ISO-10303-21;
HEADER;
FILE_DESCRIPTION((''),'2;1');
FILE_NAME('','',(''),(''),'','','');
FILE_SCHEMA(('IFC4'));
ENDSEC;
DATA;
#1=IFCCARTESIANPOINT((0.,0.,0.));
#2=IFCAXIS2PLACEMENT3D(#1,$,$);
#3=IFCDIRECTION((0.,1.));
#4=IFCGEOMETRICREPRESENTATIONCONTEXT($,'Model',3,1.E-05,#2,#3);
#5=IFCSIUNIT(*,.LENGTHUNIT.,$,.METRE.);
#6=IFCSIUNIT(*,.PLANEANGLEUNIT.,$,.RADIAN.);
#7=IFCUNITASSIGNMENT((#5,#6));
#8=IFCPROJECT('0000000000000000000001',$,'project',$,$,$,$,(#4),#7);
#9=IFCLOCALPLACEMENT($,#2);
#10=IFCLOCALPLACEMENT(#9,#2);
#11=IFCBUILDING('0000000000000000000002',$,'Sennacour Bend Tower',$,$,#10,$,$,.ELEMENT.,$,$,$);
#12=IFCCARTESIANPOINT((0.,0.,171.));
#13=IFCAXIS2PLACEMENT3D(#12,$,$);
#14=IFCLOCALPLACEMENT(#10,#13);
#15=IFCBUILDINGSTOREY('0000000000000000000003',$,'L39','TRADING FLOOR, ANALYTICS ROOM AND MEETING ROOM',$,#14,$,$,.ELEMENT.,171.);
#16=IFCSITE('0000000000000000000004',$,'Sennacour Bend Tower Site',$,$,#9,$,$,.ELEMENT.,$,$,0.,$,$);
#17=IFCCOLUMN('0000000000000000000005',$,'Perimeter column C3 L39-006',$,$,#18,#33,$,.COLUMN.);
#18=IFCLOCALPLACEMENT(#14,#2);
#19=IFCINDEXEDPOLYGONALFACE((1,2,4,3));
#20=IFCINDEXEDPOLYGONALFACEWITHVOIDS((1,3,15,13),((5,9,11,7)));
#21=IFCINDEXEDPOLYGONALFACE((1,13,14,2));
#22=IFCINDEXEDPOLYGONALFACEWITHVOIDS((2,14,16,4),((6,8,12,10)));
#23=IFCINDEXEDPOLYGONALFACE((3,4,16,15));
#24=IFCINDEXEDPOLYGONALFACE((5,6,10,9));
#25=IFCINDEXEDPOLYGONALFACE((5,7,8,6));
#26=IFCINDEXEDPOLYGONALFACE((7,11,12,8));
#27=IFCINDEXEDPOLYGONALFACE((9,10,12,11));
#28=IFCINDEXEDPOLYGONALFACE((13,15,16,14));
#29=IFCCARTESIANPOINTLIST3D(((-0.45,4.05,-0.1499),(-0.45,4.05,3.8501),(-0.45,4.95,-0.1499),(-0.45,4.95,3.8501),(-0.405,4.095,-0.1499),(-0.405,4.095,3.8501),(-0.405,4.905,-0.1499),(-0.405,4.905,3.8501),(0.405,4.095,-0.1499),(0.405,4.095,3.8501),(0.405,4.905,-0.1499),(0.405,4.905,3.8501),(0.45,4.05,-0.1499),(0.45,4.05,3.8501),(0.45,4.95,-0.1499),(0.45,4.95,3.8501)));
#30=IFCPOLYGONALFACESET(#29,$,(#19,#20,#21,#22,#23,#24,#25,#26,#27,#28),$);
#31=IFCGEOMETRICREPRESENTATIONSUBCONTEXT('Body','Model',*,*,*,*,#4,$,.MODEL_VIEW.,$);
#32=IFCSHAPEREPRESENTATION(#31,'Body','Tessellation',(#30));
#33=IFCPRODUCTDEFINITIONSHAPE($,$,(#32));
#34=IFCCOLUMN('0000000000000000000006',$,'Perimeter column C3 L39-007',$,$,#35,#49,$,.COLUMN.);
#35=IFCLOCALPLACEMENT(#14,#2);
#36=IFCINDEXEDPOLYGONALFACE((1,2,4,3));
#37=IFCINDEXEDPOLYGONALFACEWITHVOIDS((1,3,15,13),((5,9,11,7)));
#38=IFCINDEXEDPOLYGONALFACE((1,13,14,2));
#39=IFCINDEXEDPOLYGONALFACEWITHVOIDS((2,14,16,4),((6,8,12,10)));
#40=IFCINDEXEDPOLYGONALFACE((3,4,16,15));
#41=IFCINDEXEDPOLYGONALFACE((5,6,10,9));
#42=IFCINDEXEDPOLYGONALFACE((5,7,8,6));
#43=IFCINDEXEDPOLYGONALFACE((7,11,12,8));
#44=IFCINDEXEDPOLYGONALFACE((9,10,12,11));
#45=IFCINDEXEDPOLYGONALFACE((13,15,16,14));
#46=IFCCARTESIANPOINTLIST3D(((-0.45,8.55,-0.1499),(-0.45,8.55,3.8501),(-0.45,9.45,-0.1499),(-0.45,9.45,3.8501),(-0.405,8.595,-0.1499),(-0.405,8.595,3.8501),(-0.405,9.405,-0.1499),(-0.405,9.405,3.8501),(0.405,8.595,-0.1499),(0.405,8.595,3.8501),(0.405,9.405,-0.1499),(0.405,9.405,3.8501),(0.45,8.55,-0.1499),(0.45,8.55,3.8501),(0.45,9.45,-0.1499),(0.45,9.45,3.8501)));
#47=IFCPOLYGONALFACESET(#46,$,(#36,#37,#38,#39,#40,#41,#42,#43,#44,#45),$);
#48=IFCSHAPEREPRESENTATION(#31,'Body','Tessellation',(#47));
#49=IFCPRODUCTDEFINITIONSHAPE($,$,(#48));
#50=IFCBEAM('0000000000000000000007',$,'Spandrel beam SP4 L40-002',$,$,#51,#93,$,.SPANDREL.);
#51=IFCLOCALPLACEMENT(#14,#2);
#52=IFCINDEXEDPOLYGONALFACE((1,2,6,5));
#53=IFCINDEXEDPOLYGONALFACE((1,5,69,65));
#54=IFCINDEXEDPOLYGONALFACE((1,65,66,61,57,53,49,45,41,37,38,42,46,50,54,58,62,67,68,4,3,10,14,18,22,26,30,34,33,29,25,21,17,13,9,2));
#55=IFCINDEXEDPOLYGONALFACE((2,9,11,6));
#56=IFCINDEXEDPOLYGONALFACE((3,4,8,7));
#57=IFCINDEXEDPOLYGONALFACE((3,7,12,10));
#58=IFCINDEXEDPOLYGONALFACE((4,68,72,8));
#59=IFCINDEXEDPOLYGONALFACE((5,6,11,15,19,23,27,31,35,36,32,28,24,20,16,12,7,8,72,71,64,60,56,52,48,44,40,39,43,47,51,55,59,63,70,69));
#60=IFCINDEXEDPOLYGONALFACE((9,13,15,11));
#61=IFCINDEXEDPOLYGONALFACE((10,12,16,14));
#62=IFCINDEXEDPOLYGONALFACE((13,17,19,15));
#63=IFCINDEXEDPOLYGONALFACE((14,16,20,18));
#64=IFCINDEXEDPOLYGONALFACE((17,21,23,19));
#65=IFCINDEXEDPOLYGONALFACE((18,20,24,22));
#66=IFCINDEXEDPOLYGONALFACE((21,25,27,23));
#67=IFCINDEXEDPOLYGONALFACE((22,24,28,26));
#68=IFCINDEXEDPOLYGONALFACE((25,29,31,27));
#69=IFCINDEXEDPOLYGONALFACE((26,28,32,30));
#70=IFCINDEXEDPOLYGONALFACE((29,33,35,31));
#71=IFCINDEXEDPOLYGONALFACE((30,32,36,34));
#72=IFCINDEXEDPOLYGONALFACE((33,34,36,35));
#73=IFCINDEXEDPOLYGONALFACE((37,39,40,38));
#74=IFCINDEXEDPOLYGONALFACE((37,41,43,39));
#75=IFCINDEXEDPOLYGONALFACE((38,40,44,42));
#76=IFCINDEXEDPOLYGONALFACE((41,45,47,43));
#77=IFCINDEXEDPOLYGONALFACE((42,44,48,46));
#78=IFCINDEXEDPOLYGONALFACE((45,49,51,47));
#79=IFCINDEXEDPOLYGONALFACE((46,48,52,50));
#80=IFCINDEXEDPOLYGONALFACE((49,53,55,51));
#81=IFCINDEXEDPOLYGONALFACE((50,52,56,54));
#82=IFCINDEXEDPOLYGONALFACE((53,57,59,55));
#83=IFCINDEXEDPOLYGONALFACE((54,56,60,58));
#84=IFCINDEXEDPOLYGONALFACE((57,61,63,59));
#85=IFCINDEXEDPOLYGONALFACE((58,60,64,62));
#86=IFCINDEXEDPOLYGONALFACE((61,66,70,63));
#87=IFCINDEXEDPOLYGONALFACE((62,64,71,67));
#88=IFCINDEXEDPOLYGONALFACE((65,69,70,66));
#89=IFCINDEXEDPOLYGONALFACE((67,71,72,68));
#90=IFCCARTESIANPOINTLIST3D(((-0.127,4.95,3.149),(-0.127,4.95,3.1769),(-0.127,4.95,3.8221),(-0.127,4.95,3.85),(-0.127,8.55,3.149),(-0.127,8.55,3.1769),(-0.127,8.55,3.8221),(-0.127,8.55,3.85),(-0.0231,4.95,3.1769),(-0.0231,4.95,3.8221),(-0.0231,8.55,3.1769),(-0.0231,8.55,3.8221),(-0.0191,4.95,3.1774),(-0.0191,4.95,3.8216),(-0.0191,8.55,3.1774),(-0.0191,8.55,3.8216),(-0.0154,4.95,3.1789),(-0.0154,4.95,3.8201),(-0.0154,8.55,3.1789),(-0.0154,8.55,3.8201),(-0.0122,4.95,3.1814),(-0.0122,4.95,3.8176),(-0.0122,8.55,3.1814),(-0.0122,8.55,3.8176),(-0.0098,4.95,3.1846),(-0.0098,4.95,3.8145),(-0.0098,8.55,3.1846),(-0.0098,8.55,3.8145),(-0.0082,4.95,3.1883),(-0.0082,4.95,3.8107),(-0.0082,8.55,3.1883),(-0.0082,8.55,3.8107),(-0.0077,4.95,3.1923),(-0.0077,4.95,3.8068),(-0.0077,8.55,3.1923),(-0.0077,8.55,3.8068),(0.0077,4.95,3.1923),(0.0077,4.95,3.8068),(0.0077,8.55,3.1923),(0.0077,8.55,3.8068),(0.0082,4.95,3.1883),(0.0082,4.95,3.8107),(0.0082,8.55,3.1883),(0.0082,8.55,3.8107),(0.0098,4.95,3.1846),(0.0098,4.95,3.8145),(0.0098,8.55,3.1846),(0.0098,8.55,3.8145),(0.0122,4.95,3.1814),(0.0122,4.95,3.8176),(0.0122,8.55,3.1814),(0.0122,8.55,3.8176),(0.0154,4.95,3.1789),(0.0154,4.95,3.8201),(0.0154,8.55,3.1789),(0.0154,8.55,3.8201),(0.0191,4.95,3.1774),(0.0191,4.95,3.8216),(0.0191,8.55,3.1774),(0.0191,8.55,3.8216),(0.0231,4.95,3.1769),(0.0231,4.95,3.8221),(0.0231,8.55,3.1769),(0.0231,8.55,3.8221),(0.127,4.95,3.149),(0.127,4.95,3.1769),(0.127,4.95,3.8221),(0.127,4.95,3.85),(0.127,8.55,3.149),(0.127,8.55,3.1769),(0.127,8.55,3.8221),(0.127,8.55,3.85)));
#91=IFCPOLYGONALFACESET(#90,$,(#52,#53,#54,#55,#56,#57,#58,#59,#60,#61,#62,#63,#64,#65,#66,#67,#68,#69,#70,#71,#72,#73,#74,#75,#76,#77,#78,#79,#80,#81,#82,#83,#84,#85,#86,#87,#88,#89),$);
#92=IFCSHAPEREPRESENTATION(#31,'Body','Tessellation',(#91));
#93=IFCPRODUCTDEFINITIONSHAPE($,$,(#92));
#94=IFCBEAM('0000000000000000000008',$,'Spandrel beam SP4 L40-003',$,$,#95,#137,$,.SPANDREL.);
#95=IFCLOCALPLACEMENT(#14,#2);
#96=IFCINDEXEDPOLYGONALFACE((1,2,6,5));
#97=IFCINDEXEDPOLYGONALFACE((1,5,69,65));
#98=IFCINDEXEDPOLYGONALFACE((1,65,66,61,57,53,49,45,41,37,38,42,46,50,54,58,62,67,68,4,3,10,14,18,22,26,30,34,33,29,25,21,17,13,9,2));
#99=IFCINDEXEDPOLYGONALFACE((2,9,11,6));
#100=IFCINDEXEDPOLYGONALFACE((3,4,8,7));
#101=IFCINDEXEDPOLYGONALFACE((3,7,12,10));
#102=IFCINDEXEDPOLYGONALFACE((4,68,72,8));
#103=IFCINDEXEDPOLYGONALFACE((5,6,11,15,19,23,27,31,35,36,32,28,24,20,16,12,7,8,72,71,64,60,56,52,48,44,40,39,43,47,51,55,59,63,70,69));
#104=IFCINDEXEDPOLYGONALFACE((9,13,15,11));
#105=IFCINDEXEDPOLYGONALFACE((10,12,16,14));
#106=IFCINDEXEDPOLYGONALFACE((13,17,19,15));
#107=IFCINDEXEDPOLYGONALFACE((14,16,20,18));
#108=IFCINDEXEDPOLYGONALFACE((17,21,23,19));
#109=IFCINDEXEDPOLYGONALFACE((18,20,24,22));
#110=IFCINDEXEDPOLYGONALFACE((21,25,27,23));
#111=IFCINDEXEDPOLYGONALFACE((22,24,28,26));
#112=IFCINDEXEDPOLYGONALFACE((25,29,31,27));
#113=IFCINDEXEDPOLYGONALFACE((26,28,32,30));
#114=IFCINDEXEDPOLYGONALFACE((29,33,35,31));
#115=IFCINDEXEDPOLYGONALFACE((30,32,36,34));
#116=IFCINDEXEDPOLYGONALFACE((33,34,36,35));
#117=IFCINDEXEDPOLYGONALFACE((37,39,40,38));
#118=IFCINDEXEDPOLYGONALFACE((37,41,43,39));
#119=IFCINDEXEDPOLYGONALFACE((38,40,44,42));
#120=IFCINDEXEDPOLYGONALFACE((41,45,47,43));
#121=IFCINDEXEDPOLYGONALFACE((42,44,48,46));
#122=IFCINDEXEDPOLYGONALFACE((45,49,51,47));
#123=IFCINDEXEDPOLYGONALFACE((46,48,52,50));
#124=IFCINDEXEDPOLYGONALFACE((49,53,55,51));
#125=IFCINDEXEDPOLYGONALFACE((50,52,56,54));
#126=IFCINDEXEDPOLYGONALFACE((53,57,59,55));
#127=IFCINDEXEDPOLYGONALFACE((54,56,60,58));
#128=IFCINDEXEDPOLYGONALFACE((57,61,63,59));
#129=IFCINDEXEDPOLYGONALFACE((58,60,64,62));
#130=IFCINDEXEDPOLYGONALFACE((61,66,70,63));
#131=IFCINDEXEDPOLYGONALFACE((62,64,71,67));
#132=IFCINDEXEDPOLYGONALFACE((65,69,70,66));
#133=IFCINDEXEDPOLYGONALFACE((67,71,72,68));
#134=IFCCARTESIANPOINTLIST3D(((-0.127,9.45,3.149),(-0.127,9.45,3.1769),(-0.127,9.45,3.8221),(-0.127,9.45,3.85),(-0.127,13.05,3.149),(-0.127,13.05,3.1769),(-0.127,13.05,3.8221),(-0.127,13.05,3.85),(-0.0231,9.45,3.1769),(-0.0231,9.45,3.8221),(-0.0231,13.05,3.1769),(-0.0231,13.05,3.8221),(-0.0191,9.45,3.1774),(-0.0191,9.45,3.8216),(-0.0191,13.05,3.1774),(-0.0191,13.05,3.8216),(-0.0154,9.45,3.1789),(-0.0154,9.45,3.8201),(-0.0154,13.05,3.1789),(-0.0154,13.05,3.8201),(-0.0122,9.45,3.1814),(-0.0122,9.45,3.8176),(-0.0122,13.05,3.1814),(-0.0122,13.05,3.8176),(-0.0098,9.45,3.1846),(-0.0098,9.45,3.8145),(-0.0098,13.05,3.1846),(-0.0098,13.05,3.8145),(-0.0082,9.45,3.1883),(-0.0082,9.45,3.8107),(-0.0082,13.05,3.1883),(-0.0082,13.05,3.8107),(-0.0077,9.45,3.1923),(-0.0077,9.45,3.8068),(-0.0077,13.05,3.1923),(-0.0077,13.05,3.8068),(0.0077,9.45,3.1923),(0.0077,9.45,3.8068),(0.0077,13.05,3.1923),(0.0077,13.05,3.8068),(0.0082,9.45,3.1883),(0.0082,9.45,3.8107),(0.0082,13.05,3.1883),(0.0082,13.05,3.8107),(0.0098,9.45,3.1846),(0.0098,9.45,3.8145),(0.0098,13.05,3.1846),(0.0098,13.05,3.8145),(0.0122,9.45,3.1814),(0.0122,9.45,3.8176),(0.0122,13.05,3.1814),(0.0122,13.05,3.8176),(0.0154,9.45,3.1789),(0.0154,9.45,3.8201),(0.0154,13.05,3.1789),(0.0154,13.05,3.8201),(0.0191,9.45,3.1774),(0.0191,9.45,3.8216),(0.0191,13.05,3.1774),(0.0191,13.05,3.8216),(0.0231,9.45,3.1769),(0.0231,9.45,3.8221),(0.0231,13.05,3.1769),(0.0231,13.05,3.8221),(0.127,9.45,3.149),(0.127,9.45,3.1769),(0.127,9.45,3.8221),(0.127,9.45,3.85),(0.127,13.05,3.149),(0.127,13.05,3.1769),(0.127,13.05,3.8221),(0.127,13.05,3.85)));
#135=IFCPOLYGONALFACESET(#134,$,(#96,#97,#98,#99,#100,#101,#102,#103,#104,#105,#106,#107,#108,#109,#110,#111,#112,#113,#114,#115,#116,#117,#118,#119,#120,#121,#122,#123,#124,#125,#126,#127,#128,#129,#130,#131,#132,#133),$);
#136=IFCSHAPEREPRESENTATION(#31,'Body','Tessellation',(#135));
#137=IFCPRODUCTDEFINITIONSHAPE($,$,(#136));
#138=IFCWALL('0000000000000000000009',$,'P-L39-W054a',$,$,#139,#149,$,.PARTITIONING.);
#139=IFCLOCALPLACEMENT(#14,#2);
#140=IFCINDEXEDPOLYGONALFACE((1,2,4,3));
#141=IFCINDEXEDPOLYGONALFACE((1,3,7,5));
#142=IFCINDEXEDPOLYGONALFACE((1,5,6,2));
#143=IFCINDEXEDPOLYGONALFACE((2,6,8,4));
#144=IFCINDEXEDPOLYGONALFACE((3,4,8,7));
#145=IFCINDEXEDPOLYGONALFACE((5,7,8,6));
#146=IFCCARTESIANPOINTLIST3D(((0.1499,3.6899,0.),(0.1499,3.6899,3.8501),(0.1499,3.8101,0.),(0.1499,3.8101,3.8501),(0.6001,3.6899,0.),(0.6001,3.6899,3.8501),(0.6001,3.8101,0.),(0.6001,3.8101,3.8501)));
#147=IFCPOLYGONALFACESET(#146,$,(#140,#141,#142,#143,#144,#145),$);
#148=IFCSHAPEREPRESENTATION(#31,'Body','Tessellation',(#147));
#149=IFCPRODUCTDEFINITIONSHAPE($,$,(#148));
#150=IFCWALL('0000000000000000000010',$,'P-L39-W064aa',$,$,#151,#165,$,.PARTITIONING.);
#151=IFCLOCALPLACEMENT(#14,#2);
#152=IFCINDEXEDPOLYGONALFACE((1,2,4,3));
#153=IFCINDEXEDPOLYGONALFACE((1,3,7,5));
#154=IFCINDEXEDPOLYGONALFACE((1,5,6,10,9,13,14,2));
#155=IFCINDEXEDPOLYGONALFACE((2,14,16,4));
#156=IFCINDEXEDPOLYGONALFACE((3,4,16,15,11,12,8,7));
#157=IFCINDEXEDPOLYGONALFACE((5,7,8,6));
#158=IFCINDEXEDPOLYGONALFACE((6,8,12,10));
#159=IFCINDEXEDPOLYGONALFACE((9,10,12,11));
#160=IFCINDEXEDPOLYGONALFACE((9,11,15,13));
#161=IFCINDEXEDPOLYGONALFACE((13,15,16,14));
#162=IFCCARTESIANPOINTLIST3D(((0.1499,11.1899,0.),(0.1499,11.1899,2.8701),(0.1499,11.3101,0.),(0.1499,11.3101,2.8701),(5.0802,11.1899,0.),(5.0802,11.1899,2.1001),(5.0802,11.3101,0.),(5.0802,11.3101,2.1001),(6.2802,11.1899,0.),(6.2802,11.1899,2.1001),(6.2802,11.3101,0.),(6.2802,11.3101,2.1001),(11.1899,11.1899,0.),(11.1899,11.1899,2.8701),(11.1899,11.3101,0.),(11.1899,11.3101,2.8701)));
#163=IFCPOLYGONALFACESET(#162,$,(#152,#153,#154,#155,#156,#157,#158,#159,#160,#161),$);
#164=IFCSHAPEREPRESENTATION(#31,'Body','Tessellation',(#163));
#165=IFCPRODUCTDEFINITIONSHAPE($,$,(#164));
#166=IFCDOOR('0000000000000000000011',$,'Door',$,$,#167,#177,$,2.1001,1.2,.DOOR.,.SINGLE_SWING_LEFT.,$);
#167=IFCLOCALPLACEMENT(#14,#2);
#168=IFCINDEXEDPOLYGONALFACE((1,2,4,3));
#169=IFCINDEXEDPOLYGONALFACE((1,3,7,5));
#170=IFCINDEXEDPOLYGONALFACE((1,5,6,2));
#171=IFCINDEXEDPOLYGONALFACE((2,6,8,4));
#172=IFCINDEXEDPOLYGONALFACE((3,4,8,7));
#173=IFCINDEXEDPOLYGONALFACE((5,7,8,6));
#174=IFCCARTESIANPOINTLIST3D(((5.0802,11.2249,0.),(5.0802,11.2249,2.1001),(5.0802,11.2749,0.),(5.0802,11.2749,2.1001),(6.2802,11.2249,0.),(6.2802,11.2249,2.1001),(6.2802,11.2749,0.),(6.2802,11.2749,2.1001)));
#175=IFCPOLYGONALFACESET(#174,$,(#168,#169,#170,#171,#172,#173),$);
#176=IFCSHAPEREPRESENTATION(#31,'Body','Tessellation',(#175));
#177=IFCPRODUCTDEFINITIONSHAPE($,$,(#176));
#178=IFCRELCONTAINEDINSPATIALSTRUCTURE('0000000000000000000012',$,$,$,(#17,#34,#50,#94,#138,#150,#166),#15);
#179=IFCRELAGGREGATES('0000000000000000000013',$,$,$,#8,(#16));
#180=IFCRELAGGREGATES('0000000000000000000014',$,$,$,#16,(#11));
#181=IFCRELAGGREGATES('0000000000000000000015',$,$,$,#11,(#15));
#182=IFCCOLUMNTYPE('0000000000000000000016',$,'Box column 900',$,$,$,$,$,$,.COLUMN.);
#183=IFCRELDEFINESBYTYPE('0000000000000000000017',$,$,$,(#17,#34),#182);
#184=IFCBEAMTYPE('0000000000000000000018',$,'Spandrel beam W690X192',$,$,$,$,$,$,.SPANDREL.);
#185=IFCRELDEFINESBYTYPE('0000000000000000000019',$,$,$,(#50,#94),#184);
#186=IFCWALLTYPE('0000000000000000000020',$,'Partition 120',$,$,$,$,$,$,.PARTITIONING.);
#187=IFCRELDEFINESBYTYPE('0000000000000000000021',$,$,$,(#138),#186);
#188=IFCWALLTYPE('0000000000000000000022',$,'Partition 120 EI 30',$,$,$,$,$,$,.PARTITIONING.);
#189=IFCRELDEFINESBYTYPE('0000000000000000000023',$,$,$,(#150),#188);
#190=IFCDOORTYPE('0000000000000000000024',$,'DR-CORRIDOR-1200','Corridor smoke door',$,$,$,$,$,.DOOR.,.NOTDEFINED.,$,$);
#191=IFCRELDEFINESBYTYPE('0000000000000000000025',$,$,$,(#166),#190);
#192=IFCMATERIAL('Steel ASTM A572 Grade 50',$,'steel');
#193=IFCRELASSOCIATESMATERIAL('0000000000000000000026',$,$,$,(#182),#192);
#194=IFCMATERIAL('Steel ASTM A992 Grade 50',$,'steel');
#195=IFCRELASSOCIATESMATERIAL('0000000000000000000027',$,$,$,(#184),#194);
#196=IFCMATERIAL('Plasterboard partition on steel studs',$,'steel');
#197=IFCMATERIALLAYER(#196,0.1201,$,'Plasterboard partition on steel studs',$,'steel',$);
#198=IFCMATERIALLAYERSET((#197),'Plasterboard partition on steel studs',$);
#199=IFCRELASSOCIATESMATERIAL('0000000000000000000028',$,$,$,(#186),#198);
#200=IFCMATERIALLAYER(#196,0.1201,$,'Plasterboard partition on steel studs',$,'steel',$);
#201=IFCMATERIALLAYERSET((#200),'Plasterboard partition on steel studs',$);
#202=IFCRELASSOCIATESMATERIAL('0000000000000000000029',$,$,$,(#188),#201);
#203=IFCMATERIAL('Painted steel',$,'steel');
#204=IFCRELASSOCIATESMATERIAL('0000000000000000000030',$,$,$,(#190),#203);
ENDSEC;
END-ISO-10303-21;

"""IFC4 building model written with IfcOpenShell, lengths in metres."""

from ifc_helpers import new_model, si_unit, direction, frame, frame_2d, origin, origin_2d, place, context, subcontext, project, spatial, rectangle, hollow_rectangle, i_section, extrude, material, layer, layer_set, material_profile, profile_set, type_object, element, fill, save


model = new_model("IFC4")

# Units and contexts
model_context = context("Model", 3, precision=1e-05, world=origin(), true_north=direction((0.0, 1.0)))
body_context = subcontext(model_context, "Body", "Model", "MODEL_VIEW")
ifc_project = project(units=[si_unit("LENGTHUNIT", "METRE"), si_unit("PLANEANGLEUNIT", "RADIAN")], contexts=[model_context])

# Site, building, storey
site_placement = place(None, origin())
site = spatial("IfcSite", under=ifc_project, at=site_placement, Name="Sennacour Bend Tower Site", CompositionType="ELEMENT", RefElevation=0.0)
building_placement = place(site_placement, origin())
building = spatial("IfcBuilding", under=site, at=building_placement, Name="Sennacour Bend Tower", CompositionType="ELEMENT")
storey_placement = place(building_placement, frame((0.0, 0.0, 171.0)))
storey = spatial("IfcBuildingStorey", under=building, at=storey_placement, Name="L39", Description="TRADING FLOOR, ANALYTICS ROOM AND MEETING ROOM", CompositionType="ELEMENT", Elevation=171.0)

# Columns
ifc_material_1 = material(Name="Steel ASTM A572 Grade 50", Category="steel")
ifc_material_profile_1 = material_profile(ifc_material_1, hollow_rectangle(XDim=0.8999, YDim=0.8999, WallThickness=0.0449, at=origin_2d()), Name="Steel ASTM A572 Grade 50", Category="steel")
ifc_profile_set_1 = profile_set([ifc_material_profile_1], Name="Steel ASTM A572 Grade 50")
column_type = type_object("IfcColumnType", Name="Box column 900", PredefinedType="COLUMN", material=ifc_profile_set_1)
for number, where, z_axis, x_axis, name in (
    (1, (0.0, 4.5, -0.1499), (0.0, 0.0, 1.0), (1.0, 0.0, 0.0), "Perimeter column C3 L39-006"),
    (2, (0.0, 9.0, -0.1499), (0.0, 0.0, 1.0), (1.0, 0.0, 0.0), "Perimeter column C3 L39-007"),
):
    element("IfcColumn", number, at=place(storey_placement, frame(where, z_axis=z_axis, x_axis=x_axis)), inside=storey, type_object=column_type, Name=name, PredefinedType="COLUMN", context=body_context, shape_type="SweptSolid", body=[
        extrude(hollow_rectangle(XDim=0.8999, YDim=0.8999, WallThickness=0.0449, at=origin_2d()), origin(), (0.0, 0.0, 1.0), 4.0),
    ])

# Beams
ifc_material_2 = material(Name="Steel ASTM A992 Grade 50", Category="steel")
ifc_material_profile_2 = material_profile(ifc_material_2, i_section(OverallWidth=0.2539, OverallDepth=0.7009, WebThickness=0.0154, FlangeThickness=0.0278, FilletRadius=0.0154, at=origin_2d()), Name="Steel ASTM A992 Grade 50", Category="steel")
ifc_profile_set_2 = profile_set([ifc_material_profile_2], Name="Steel ASTM A992 Grade 50")
beam_type = type_object("IfcBeamType", Name="Spandrel beam W690X192", PredefinedType="SPANDREL", material=ifc_profile_set_2)
for number, where, z_axis, x_axis, name in (
    (3, (0.0, 4.95, 3.4995), (0.0, 1.0, 0.0), (-1.0, 0.0, 0.0), "Spandrel beam SP4 L40-002"),
    (4, (0.0, 9.45, 3.4995), (0.0, 1.0, 0.0), (-1.0, 0.0, 0.0), "Spandrel beam SP4 L40-003"),
):
    element("IfcBeam", number, at=place(storey_placement, frame(where, z_axis=z_axis, x_axis=x_axis)), inside=storey, type_object=beam_type, Name=name, PredefinedType="SPANDREL", context=body_context, shape_type="SweptSolid", body=[
        extrude(i_section(OverallWidth=0.2539, OverallDepth=0.7009, WebThickness=0.0154, FlangeThickness=0.0278, FilletRadius=0.0154, at=origin_2d()), origin(), (0.0, 0.0, 1.0), 3.6001),
    ])

# Wall
ifc_material_3 = material(Name="Plasterboard partition on steel studs", Category="steel")
ifc_layer_1 = layer(ifc_material_3, 0.1201, Name="Plasterboard partition on steel studs", Category="steel")
ifc_layer_set_1 = layer_set([ifc_layer_1], Name="Plasterboard partition on steel studs")
wall_type_1 = type_object("IfcWallType", Name="Partition 120", PredefinedType="PARTITIONING", material=ifc_layer_set_1)
wall_1_placement = place(storey_placement, frame((0.1499, 3.75, 0.0), z_axis=(0.0, 0.0, 1.0), x_axis=(1.0, 0.0, 0.0)))
element("IfcWall", 5, at=wall_1_placement, inside=storey, type_object=wall_type_1, Name="P-L39-W054a", PredefinedType="PARTITIONING", context=body_context, shape_type="SweptSolid", body=[
    extrude(rectangle(XDim=0.4502, YDim=0.1201, at=frame_2d((0.2251, 0.0))), origin(), (0.0, 0.0, 1.0), 3.8501),
])

# Wall, opening, door
ifc_layer_2 = layer(ifc_material_3, 0.1201, Name="Plasterboard partition on steel studs", Category="steel")
ifc_layer_set_2 = layer_set([ifc_layer_2], Name="Plasterboard partition on steel studs")
wall_type_2 = type_object("IfcWallType", Name="Partition 120 EI 30", PredefinedType="PARTITIONING", material=ifc_layer_set_2)
wall_2_placement = place(storey_placement, frame((0.1499, 11.25, 0.0), z_axis=(0.0, 0.0, 1.0), x_axis=(1.0, 0.0, 0.0)))
wall_2 = element("IfcWall", 6, at=wall_2_placement, inside=storey, type_object=wall_type_2, Name="P-L39-W064aa", PredefinedType="PARTITIONING", context=body_context, shape_type="SweptSolid", body=[
    extrude(rectangle(XDim=11.04, YDim=0.1201, at=frame_2d((5.52, 0.0))), origin(), (0.0, 0.0, 1.0), 2.8701),
])
opening_1_placement = place(wall_2_placement, frame((4.9302, 0.0, 0.0)))
opening_1 = element("IfcOpeningElement", 7, at=opening_1_placement, cuts=wall_2, PredefinedType="OPENING", context=body_context, shape_type="SweptSolid", body=[
    extrude(rectangle(XDim=1.2, YDim=2.1001, at=frame_2d((0.6001, 1.05))), frame((0.0, 0.0701, 0.0), z_axis=(0.0, -1.0, 0.0), x_axis=(1.0, 0.0, 0.0)), (0.0, 0.0, 1.0), 0.1401),
])
ifc_material_4 = material(Name="Painted steel", Category="steel")
door_type_1 = type_object("IfcDoorType", Name="DR-CORRIDOR-1200", Description="Corridor smoke door", OperationType="NOTDEFINED", PredefinedType="DOOR", material=ifc_material_4)
door_1_placement = place(opening_1_placement, origin())
door_1 = element("IfcDoor", 8, at=door_1_placement, inside=storey, type_object=door_type_1, Name="Door", OperationType="SINGLE_SWING_LEFT", OverallHeight=2.1001, OverallWidth=1.2, PredefinedType="DOOR", context=body_context, shape_type="SweptSolid", body=[
    extrude(rectangle(XDim=1.2, YDim=2.1001, at=frame_2d((0.6001, 1.05))), frame((0.0, 0.0249, 0.0), z_axis=(0.0, -1.0, 0.0), x_axis=(1.0, 0.0, 0.0)), (0.0, 0.0, 1.0), 0.05),
])
fill(opening_1, door_1)

save(model, "model.ifc")
